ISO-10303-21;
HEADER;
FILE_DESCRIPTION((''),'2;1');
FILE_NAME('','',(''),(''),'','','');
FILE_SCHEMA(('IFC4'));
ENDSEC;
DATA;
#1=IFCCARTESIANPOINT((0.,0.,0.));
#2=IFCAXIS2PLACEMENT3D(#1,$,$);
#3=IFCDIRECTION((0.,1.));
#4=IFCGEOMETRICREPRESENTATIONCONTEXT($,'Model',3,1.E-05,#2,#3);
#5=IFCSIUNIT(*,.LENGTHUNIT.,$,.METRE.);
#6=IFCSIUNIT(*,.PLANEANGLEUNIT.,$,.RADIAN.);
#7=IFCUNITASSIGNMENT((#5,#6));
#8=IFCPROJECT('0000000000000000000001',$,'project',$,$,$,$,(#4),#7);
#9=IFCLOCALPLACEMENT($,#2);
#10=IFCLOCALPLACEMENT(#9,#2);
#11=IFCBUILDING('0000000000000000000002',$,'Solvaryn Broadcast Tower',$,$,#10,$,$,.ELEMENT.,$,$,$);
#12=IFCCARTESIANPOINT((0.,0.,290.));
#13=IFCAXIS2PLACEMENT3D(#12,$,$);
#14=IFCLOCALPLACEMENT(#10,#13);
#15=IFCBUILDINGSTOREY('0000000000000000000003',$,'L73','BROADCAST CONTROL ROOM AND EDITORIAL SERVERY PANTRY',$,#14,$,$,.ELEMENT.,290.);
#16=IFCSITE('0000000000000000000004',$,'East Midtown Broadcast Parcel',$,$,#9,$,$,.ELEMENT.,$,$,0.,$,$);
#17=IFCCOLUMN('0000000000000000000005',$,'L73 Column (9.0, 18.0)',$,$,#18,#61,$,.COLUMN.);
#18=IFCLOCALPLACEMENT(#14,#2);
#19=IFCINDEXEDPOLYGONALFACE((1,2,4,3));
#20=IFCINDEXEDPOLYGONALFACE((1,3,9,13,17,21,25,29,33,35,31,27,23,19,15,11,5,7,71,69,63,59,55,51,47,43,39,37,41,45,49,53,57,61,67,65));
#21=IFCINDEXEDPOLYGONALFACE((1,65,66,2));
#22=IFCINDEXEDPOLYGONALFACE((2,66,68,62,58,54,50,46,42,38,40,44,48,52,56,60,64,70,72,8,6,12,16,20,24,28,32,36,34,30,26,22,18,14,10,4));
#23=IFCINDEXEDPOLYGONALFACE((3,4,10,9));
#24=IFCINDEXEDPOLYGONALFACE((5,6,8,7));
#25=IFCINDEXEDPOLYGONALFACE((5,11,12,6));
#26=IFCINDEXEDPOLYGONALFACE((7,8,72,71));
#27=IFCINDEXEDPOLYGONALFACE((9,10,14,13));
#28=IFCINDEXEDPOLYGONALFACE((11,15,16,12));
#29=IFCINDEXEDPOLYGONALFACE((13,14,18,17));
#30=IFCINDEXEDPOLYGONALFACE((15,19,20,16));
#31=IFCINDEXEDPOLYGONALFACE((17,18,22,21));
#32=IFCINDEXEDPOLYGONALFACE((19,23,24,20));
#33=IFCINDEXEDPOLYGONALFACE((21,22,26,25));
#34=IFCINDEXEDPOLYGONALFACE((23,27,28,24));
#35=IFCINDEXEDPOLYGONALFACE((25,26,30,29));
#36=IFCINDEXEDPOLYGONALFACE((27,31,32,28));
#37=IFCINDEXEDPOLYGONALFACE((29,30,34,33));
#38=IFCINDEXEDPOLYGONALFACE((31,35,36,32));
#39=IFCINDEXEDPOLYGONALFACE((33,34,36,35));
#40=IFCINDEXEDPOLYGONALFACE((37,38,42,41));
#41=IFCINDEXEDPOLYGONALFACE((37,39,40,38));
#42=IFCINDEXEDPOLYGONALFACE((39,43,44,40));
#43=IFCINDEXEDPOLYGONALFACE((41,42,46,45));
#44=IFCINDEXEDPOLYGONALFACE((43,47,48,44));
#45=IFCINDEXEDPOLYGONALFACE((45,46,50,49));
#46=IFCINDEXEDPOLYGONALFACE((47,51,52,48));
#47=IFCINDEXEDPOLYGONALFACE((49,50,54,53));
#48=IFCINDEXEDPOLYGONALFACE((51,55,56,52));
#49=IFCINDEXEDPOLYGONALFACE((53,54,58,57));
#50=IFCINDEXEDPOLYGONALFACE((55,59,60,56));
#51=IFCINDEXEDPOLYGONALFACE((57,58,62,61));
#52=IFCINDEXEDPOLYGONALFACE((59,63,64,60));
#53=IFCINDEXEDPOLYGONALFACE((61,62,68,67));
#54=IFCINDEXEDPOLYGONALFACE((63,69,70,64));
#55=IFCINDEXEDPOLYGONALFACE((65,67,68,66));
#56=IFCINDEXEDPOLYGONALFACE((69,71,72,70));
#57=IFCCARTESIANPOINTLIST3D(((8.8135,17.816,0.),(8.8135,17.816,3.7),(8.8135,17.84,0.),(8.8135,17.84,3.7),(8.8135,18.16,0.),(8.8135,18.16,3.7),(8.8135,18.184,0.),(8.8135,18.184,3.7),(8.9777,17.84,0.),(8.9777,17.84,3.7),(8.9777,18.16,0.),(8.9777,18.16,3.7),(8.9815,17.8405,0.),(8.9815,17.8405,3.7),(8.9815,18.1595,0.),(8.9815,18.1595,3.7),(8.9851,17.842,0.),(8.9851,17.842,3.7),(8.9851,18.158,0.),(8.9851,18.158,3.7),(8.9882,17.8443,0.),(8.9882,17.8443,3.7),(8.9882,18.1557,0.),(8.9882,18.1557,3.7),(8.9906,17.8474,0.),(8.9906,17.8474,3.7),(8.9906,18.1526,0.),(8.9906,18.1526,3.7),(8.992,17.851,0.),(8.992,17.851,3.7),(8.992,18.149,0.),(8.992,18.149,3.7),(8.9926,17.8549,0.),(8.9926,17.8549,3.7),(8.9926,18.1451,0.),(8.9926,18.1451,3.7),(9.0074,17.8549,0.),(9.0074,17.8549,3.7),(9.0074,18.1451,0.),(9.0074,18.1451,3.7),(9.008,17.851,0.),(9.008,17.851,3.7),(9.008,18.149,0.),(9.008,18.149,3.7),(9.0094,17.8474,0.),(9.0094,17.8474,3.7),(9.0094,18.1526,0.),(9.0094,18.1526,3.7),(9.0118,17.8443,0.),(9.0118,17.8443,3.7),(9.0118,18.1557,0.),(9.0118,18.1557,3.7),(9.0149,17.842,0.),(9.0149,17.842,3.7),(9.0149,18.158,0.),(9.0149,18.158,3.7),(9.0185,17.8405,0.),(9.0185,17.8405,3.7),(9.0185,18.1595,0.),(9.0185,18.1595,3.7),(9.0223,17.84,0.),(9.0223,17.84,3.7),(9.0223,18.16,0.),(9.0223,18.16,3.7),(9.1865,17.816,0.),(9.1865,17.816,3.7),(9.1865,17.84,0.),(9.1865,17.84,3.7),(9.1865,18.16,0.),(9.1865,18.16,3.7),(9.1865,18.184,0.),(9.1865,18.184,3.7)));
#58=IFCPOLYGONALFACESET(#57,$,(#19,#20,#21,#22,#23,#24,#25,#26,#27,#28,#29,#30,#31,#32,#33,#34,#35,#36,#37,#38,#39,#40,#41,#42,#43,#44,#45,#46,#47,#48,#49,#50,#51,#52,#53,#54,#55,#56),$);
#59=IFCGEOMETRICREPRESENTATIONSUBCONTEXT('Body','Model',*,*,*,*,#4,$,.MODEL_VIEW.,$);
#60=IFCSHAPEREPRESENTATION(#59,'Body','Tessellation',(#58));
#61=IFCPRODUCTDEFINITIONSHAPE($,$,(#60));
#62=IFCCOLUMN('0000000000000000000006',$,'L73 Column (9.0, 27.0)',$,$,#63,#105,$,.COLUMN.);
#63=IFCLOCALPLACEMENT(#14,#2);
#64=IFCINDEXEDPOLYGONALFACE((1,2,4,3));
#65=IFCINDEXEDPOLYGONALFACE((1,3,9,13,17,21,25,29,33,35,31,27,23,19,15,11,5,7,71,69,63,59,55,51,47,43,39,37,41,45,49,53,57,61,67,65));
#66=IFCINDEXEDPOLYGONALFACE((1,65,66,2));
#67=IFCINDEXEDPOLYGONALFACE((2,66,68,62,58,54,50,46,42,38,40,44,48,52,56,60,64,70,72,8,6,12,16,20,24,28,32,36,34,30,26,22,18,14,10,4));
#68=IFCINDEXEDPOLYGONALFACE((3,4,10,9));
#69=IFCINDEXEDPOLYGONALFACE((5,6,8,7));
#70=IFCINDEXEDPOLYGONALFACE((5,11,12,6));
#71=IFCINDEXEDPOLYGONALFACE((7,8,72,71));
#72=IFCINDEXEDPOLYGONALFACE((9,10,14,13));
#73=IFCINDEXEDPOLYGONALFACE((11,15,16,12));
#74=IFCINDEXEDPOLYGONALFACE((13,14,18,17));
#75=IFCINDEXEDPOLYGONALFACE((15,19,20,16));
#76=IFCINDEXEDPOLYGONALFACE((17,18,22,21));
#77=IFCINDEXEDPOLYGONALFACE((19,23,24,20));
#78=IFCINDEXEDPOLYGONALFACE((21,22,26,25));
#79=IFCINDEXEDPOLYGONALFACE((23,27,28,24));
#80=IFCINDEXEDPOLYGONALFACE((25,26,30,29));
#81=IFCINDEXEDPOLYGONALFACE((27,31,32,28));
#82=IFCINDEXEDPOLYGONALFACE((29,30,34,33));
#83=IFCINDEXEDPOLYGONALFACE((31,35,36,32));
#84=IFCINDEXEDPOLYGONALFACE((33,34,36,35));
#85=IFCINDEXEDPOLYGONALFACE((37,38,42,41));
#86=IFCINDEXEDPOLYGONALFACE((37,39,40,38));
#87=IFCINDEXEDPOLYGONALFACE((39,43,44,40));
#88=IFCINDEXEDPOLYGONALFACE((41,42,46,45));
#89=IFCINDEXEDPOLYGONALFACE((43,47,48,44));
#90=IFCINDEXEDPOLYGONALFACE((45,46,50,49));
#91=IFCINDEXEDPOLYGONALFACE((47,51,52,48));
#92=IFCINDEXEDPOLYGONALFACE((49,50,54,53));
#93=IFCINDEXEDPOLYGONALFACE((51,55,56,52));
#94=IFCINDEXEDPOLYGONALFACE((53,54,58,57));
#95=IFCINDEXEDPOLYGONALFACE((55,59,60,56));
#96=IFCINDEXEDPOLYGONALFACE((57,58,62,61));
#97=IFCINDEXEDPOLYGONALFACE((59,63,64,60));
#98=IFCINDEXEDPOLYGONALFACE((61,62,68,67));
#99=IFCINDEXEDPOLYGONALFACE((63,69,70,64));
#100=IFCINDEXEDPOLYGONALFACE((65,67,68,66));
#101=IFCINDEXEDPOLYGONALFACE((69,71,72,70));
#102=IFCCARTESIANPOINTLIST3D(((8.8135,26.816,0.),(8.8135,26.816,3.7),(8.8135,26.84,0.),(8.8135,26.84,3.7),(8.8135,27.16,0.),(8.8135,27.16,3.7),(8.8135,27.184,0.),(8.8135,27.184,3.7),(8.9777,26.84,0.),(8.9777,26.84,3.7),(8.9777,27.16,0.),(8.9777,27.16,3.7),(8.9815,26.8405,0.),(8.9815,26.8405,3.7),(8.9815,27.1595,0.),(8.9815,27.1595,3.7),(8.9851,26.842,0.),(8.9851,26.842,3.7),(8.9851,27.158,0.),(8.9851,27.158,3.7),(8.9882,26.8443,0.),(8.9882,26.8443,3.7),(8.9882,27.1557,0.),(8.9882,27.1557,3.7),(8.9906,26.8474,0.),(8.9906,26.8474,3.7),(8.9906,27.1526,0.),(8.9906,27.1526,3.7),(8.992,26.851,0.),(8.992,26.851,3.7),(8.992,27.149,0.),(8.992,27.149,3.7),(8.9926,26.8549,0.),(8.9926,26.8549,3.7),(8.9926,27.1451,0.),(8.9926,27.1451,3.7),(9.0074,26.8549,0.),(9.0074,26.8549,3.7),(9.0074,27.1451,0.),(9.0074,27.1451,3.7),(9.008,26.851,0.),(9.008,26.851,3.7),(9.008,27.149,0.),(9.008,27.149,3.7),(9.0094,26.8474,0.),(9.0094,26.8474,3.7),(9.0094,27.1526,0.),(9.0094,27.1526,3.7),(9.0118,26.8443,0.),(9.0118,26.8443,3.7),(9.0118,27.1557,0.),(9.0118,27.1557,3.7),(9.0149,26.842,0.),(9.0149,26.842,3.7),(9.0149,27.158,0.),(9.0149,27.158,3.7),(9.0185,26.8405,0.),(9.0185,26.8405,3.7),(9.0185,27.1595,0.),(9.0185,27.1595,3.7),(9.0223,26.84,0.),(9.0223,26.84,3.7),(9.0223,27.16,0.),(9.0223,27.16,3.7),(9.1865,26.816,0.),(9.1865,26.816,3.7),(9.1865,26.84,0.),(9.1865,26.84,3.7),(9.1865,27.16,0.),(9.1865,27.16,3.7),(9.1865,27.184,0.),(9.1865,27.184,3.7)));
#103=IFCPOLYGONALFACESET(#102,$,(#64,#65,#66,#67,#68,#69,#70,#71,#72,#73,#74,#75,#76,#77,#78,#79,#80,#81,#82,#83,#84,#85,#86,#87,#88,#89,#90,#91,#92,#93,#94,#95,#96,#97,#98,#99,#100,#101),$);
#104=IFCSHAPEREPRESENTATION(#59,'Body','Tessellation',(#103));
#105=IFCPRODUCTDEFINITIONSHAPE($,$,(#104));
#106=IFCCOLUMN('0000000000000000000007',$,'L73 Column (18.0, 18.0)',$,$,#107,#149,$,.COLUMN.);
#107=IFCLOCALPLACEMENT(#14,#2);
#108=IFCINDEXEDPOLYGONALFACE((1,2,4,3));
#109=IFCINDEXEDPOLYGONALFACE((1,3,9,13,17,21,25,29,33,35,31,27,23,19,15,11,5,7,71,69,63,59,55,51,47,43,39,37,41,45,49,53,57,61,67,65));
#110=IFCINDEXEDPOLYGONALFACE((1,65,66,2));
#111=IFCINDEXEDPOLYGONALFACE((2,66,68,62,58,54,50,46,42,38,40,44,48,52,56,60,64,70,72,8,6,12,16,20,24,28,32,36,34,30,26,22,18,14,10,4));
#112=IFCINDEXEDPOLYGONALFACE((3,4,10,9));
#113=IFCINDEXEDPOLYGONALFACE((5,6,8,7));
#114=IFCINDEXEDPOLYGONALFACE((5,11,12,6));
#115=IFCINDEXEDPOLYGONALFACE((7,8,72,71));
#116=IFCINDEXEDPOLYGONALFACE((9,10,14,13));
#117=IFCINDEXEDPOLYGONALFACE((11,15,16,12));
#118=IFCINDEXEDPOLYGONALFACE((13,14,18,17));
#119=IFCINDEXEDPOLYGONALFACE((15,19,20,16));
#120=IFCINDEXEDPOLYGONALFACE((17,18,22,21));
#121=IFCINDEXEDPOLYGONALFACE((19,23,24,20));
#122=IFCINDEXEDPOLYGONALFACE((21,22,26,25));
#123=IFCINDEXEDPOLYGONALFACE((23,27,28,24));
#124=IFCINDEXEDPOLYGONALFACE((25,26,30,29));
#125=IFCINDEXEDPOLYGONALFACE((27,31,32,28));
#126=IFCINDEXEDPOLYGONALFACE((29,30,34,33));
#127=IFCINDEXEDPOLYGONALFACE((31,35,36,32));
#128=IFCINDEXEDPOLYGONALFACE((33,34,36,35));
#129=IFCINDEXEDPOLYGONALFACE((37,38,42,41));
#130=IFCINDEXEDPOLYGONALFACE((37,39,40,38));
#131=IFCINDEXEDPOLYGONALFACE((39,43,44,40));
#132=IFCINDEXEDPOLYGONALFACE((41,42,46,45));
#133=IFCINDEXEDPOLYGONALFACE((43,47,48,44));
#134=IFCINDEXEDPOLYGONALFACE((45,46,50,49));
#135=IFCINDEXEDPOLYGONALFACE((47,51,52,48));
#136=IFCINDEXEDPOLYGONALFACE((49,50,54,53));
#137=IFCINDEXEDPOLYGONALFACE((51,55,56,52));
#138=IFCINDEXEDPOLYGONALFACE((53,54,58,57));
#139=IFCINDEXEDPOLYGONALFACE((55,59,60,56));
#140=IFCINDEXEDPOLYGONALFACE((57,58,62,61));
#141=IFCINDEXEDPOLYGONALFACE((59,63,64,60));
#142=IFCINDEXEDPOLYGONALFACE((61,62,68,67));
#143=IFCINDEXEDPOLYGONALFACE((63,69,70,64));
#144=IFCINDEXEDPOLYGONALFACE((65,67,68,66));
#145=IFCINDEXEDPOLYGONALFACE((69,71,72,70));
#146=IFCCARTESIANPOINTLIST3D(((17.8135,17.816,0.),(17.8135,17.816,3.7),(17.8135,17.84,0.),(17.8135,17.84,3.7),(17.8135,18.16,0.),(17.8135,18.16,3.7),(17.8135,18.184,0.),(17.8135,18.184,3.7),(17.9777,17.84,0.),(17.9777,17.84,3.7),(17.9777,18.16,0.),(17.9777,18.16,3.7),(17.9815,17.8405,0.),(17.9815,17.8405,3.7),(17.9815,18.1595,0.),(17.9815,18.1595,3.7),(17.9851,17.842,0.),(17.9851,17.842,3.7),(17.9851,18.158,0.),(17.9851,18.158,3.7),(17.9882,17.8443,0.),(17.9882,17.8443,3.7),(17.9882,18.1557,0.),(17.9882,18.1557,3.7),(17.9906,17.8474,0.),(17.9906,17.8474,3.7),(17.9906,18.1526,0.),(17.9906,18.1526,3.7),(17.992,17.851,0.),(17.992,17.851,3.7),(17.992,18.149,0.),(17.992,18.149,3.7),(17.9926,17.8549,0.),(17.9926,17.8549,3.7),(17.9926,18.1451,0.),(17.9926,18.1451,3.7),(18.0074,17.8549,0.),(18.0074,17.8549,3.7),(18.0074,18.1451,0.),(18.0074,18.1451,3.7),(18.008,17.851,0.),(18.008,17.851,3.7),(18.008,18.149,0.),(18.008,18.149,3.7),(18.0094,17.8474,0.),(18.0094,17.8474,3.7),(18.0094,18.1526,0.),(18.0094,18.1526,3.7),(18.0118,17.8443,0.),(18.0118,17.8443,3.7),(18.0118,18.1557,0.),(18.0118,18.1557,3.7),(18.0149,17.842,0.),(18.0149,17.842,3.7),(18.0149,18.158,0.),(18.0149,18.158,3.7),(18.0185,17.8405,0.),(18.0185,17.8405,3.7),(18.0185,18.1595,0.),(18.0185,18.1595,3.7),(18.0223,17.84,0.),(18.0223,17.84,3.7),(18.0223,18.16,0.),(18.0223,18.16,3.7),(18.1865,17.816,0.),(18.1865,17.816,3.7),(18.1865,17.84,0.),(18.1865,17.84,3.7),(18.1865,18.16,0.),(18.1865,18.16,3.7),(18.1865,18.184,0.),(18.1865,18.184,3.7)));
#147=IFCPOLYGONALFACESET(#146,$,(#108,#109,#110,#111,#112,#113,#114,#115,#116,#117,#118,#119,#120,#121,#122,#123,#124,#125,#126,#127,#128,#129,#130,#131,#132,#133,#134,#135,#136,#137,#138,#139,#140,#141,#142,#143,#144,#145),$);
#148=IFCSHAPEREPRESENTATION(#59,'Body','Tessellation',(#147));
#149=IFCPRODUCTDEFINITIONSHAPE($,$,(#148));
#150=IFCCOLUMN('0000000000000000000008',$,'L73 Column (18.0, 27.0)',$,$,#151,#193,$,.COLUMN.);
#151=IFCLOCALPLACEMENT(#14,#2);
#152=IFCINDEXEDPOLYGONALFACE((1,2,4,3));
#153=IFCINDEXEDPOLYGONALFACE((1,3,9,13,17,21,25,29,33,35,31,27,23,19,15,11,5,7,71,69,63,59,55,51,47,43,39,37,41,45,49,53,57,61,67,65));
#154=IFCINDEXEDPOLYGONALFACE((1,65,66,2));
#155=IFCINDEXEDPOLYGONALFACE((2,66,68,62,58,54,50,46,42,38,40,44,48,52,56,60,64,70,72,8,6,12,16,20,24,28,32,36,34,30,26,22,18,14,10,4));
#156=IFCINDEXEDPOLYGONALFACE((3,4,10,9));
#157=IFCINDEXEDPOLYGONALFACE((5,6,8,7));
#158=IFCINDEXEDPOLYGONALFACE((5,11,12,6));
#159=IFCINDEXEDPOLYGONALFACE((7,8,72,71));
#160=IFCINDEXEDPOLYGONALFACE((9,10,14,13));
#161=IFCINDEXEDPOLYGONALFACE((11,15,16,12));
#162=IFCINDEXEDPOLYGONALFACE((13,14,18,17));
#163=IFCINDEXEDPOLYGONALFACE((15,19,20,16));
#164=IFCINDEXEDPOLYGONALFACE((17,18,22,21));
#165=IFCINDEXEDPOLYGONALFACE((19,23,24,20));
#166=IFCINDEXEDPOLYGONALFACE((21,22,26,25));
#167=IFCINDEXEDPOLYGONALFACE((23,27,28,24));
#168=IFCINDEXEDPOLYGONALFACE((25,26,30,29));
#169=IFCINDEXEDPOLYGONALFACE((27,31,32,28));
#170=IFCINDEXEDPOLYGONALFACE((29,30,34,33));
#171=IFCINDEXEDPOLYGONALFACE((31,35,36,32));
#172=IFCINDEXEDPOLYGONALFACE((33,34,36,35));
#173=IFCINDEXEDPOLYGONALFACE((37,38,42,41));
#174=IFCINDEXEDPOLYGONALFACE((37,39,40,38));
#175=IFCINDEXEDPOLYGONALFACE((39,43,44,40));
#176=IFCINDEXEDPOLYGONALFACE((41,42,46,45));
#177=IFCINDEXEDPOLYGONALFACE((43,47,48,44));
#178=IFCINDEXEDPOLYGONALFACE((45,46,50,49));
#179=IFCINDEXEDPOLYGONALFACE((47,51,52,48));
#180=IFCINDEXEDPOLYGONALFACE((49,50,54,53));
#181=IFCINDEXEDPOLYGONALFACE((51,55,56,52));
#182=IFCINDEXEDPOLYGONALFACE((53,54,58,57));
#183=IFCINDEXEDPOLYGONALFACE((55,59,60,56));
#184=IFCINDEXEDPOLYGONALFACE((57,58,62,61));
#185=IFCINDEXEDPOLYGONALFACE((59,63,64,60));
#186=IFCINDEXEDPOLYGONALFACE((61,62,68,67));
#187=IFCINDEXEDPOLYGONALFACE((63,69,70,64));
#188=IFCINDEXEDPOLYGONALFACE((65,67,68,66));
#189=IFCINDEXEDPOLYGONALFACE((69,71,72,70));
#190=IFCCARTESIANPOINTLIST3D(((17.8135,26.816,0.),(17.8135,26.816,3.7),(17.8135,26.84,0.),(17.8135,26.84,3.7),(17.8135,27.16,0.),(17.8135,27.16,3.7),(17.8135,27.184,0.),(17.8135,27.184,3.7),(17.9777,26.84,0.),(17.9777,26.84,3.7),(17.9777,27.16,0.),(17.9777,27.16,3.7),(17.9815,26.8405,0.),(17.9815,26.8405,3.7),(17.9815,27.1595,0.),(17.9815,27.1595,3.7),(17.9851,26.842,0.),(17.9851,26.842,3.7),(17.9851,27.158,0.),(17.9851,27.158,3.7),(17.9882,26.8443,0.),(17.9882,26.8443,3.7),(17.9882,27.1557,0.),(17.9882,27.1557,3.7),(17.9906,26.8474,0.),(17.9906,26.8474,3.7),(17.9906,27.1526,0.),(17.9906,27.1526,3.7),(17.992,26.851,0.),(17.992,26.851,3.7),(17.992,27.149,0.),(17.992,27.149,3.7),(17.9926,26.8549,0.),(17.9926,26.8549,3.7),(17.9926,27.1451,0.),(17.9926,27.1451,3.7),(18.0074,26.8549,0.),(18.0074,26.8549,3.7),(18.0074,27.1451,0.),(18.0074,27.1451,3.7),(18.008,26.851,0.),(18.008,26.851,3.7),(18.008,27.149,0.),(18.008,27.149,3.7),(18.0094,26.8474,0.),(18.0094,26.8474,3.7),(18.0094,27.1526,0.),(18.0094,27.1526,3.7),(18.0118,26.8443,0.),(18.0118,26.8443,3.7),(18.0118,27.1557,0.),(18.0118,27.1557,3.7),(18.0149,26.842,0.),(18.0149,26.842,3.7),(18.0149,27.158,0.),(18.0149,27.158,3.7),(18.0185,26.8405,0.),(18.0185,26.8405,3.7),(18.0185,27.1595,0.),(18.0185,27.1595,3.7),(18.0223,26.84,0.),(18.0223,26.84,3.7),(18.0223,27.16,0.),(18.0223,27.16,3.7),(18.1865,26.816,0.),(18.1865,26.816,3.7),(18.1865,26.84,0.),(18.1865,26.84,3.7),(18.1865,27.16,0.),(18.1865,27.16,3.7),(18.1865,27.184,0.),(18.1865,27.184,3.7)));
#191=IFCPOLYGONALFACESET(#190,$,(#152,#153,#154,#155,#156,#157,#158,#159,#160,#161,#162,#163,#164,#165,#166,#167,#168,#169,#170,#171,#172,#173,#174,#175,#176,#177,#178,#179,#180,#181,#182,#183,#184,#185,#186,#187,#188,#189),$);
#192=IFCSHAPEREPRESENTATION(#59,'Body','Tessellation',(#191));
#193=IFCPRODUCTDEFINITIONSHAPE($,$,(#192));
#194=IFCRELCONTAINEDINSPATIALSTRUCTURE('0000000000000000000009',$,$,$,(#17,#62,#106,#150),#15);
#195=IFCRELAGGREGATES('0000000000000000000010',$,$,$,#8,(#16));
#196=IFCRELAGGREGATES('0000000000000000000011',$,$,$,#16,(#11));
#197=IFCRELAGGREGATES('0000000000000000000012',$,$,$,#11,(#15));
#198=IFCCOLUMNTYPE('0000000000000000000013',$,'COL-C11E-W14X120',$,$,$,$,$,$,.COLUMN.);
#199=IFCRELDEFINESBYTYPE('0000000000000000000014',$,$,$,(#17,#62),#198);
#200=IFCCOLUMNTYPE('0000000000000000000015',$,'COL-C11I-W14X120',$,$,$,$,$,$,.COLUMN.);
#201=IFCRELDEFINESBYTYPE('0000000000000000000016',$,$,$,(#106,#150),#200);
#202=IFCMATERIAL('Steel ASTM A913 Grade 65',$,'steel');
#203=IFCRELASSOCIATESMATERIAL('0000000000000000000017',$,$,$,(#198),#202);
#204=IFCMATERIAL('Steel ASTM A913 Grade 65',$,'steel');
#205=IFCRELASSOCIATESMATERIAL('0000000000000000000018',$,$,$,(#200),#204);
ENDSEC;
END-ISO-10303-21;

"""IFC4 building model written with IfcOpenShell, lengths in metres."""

from ifc_helpers import new_model, si_unit, direction, frame, origin, origin_2d, place, context, subcontext, project, spatial, i_section, extrude, material, material_profile, profile_set, type_object, element, save


model = new_model("IFC4")

# Units and contexts
model_context = context("Model", 3, precision=1e-05, world=origin(), true_north=direction((0.0, 1.0)))
body_context = subcontext(model_context, "Body", "Model", "MODEL_VIEW")
ifc_project = project(units=[si_unit("LENGTHUNIT", "METRE"), si_unit("PLANEANGLEUNIT", "RADIAN")], contexts=[model_context])

# Site, building, storey
site_placement = place(None, origin())
site = spatial("IfcSite", under=ifc_project, at=site_placement, Name="East Midtown Broadcast Parcel", CompositionType="ELEMENT", RefElevation=0.0)
building_placement = place(site_placement, origin())
building = spatial("IfcBuilding", under=site, at=building_placement, Name="Solvaryn Broadcast Tower", CompositionType="ELEMENT")
storey_placement = place(building_placement, frame((0.0, 0.0, 290.0)))
storey = spatial("IfcBuildingStorey", under=building, at=storey_placement, Name="L73", Description="BROADCAST CONTROL ROOM AND EDITORIAL SERVERY PANTRY", CompositionType="ELEMENT", Elevation=290.0)

# Columns
ifc_material_1 = material(Name="Steel ASTM A913 Grade 65", Category="steel")
ifc_material_profile_1 = material_profile(ifc_material_1, i_section(OverallWidth=0.373, OverallDepth=0.3679, WebThickness=0.0149, FlangeThickness=0.0239, FilletRadius=0.0149, at=origin_2d()))
ifc_profile_set_1 = profile_set([ifc_material_profile_1], Name="Steel ASTM A913 Grade 65")
column_type_1 = type_object("IfcColumnType", Name="COL-C11E-W14X120", PredefinedType="COLUMN", material=ifc_profile_set_1)
for number, where, z_axis, x_axis, name in (
    (1, (9.0, 18.0, 0.0), (0.0, 0.0, 1.0), (1.0, 0.0, 0.0), "L73 Column (9.0, 18.0)"),
    (2, (9.0, 27.0, 0.0), (0.0, 0.0, 1.0), (1.0, 0.0, 0.0), "L73 Column (9.0, 27.0)"),
):
    element("IfcColumn", number, at=place(storey_placement, frame(where, z_axis=z_axis, x_axis=x_axis)), inside=storey, type_object=column_type_1, Name=name, PredefinedType="COLUMN", context=body_context, shape_type="SweptSolid", body=[
        extrude(i_section(OverallWidth=0.373, OverallDepth=0.3679, WebThickness=0.0149, FlangeThickness=0.0239, FilletRadius=0.0149, at=origin_2d()), origin(), (0.0, 0.0, 1.0), 3.7),
    ])
ifc_material_2 = material(Name="Steel ASTM A913 Grade 65", Category="steel")
ifc_material_profile_2 = material_profile(ifc_material_2, i_section(OverallWidth=0.373, OverallDepth=0.3679, WebThickness=0.0149, FlangeThickness=0.0239, FilletRadius=0.0149, at=origin_2d()))
ifc_profile_set_2 = profile_set([ifc_material_profile_2], Name="Steel ASTM A913 Grade 65")
column_type_2 = type_object("IfcColumnType", Name="COL-C11I-W14X120", PredefinedType="COLUMN", material=ifc_profile_set_2)
for number, where, z_axis, x_axis, name in (
    (3, (18.0, 18.0, 0.0), (0.0, 0.0, 1.0), (1.0, 0.0, 0.0), "L73 Column (18.0, 18.0)"),
    (4, (18.0, 27.0, 0.0), (0.0, 0.0, 1.0), (1.0, 0.0, 0.0), "L73 Column (18.0, 27.0)"),
):
    element("IfcColumn", number, at=place(storey_placement, frame(where, z_axis=z_axis, x_axis=x_axis)), inside=storey, type_object=column_type_2, Name=name, PredefinedType="COLUMN", context=body_context, shape_type="SweptSolid", body=[
        extrude(i_section(OverallWidth=0.373, OverallDepth=0.3679, WebThickness=0.0149, FlangeThickness=0.0239, FilletRadius=0.0149, at=origin_2d()), origin(), (0.0, 0.0, 1.0), 3.7),
    ])

save(model, "model.ifc")
